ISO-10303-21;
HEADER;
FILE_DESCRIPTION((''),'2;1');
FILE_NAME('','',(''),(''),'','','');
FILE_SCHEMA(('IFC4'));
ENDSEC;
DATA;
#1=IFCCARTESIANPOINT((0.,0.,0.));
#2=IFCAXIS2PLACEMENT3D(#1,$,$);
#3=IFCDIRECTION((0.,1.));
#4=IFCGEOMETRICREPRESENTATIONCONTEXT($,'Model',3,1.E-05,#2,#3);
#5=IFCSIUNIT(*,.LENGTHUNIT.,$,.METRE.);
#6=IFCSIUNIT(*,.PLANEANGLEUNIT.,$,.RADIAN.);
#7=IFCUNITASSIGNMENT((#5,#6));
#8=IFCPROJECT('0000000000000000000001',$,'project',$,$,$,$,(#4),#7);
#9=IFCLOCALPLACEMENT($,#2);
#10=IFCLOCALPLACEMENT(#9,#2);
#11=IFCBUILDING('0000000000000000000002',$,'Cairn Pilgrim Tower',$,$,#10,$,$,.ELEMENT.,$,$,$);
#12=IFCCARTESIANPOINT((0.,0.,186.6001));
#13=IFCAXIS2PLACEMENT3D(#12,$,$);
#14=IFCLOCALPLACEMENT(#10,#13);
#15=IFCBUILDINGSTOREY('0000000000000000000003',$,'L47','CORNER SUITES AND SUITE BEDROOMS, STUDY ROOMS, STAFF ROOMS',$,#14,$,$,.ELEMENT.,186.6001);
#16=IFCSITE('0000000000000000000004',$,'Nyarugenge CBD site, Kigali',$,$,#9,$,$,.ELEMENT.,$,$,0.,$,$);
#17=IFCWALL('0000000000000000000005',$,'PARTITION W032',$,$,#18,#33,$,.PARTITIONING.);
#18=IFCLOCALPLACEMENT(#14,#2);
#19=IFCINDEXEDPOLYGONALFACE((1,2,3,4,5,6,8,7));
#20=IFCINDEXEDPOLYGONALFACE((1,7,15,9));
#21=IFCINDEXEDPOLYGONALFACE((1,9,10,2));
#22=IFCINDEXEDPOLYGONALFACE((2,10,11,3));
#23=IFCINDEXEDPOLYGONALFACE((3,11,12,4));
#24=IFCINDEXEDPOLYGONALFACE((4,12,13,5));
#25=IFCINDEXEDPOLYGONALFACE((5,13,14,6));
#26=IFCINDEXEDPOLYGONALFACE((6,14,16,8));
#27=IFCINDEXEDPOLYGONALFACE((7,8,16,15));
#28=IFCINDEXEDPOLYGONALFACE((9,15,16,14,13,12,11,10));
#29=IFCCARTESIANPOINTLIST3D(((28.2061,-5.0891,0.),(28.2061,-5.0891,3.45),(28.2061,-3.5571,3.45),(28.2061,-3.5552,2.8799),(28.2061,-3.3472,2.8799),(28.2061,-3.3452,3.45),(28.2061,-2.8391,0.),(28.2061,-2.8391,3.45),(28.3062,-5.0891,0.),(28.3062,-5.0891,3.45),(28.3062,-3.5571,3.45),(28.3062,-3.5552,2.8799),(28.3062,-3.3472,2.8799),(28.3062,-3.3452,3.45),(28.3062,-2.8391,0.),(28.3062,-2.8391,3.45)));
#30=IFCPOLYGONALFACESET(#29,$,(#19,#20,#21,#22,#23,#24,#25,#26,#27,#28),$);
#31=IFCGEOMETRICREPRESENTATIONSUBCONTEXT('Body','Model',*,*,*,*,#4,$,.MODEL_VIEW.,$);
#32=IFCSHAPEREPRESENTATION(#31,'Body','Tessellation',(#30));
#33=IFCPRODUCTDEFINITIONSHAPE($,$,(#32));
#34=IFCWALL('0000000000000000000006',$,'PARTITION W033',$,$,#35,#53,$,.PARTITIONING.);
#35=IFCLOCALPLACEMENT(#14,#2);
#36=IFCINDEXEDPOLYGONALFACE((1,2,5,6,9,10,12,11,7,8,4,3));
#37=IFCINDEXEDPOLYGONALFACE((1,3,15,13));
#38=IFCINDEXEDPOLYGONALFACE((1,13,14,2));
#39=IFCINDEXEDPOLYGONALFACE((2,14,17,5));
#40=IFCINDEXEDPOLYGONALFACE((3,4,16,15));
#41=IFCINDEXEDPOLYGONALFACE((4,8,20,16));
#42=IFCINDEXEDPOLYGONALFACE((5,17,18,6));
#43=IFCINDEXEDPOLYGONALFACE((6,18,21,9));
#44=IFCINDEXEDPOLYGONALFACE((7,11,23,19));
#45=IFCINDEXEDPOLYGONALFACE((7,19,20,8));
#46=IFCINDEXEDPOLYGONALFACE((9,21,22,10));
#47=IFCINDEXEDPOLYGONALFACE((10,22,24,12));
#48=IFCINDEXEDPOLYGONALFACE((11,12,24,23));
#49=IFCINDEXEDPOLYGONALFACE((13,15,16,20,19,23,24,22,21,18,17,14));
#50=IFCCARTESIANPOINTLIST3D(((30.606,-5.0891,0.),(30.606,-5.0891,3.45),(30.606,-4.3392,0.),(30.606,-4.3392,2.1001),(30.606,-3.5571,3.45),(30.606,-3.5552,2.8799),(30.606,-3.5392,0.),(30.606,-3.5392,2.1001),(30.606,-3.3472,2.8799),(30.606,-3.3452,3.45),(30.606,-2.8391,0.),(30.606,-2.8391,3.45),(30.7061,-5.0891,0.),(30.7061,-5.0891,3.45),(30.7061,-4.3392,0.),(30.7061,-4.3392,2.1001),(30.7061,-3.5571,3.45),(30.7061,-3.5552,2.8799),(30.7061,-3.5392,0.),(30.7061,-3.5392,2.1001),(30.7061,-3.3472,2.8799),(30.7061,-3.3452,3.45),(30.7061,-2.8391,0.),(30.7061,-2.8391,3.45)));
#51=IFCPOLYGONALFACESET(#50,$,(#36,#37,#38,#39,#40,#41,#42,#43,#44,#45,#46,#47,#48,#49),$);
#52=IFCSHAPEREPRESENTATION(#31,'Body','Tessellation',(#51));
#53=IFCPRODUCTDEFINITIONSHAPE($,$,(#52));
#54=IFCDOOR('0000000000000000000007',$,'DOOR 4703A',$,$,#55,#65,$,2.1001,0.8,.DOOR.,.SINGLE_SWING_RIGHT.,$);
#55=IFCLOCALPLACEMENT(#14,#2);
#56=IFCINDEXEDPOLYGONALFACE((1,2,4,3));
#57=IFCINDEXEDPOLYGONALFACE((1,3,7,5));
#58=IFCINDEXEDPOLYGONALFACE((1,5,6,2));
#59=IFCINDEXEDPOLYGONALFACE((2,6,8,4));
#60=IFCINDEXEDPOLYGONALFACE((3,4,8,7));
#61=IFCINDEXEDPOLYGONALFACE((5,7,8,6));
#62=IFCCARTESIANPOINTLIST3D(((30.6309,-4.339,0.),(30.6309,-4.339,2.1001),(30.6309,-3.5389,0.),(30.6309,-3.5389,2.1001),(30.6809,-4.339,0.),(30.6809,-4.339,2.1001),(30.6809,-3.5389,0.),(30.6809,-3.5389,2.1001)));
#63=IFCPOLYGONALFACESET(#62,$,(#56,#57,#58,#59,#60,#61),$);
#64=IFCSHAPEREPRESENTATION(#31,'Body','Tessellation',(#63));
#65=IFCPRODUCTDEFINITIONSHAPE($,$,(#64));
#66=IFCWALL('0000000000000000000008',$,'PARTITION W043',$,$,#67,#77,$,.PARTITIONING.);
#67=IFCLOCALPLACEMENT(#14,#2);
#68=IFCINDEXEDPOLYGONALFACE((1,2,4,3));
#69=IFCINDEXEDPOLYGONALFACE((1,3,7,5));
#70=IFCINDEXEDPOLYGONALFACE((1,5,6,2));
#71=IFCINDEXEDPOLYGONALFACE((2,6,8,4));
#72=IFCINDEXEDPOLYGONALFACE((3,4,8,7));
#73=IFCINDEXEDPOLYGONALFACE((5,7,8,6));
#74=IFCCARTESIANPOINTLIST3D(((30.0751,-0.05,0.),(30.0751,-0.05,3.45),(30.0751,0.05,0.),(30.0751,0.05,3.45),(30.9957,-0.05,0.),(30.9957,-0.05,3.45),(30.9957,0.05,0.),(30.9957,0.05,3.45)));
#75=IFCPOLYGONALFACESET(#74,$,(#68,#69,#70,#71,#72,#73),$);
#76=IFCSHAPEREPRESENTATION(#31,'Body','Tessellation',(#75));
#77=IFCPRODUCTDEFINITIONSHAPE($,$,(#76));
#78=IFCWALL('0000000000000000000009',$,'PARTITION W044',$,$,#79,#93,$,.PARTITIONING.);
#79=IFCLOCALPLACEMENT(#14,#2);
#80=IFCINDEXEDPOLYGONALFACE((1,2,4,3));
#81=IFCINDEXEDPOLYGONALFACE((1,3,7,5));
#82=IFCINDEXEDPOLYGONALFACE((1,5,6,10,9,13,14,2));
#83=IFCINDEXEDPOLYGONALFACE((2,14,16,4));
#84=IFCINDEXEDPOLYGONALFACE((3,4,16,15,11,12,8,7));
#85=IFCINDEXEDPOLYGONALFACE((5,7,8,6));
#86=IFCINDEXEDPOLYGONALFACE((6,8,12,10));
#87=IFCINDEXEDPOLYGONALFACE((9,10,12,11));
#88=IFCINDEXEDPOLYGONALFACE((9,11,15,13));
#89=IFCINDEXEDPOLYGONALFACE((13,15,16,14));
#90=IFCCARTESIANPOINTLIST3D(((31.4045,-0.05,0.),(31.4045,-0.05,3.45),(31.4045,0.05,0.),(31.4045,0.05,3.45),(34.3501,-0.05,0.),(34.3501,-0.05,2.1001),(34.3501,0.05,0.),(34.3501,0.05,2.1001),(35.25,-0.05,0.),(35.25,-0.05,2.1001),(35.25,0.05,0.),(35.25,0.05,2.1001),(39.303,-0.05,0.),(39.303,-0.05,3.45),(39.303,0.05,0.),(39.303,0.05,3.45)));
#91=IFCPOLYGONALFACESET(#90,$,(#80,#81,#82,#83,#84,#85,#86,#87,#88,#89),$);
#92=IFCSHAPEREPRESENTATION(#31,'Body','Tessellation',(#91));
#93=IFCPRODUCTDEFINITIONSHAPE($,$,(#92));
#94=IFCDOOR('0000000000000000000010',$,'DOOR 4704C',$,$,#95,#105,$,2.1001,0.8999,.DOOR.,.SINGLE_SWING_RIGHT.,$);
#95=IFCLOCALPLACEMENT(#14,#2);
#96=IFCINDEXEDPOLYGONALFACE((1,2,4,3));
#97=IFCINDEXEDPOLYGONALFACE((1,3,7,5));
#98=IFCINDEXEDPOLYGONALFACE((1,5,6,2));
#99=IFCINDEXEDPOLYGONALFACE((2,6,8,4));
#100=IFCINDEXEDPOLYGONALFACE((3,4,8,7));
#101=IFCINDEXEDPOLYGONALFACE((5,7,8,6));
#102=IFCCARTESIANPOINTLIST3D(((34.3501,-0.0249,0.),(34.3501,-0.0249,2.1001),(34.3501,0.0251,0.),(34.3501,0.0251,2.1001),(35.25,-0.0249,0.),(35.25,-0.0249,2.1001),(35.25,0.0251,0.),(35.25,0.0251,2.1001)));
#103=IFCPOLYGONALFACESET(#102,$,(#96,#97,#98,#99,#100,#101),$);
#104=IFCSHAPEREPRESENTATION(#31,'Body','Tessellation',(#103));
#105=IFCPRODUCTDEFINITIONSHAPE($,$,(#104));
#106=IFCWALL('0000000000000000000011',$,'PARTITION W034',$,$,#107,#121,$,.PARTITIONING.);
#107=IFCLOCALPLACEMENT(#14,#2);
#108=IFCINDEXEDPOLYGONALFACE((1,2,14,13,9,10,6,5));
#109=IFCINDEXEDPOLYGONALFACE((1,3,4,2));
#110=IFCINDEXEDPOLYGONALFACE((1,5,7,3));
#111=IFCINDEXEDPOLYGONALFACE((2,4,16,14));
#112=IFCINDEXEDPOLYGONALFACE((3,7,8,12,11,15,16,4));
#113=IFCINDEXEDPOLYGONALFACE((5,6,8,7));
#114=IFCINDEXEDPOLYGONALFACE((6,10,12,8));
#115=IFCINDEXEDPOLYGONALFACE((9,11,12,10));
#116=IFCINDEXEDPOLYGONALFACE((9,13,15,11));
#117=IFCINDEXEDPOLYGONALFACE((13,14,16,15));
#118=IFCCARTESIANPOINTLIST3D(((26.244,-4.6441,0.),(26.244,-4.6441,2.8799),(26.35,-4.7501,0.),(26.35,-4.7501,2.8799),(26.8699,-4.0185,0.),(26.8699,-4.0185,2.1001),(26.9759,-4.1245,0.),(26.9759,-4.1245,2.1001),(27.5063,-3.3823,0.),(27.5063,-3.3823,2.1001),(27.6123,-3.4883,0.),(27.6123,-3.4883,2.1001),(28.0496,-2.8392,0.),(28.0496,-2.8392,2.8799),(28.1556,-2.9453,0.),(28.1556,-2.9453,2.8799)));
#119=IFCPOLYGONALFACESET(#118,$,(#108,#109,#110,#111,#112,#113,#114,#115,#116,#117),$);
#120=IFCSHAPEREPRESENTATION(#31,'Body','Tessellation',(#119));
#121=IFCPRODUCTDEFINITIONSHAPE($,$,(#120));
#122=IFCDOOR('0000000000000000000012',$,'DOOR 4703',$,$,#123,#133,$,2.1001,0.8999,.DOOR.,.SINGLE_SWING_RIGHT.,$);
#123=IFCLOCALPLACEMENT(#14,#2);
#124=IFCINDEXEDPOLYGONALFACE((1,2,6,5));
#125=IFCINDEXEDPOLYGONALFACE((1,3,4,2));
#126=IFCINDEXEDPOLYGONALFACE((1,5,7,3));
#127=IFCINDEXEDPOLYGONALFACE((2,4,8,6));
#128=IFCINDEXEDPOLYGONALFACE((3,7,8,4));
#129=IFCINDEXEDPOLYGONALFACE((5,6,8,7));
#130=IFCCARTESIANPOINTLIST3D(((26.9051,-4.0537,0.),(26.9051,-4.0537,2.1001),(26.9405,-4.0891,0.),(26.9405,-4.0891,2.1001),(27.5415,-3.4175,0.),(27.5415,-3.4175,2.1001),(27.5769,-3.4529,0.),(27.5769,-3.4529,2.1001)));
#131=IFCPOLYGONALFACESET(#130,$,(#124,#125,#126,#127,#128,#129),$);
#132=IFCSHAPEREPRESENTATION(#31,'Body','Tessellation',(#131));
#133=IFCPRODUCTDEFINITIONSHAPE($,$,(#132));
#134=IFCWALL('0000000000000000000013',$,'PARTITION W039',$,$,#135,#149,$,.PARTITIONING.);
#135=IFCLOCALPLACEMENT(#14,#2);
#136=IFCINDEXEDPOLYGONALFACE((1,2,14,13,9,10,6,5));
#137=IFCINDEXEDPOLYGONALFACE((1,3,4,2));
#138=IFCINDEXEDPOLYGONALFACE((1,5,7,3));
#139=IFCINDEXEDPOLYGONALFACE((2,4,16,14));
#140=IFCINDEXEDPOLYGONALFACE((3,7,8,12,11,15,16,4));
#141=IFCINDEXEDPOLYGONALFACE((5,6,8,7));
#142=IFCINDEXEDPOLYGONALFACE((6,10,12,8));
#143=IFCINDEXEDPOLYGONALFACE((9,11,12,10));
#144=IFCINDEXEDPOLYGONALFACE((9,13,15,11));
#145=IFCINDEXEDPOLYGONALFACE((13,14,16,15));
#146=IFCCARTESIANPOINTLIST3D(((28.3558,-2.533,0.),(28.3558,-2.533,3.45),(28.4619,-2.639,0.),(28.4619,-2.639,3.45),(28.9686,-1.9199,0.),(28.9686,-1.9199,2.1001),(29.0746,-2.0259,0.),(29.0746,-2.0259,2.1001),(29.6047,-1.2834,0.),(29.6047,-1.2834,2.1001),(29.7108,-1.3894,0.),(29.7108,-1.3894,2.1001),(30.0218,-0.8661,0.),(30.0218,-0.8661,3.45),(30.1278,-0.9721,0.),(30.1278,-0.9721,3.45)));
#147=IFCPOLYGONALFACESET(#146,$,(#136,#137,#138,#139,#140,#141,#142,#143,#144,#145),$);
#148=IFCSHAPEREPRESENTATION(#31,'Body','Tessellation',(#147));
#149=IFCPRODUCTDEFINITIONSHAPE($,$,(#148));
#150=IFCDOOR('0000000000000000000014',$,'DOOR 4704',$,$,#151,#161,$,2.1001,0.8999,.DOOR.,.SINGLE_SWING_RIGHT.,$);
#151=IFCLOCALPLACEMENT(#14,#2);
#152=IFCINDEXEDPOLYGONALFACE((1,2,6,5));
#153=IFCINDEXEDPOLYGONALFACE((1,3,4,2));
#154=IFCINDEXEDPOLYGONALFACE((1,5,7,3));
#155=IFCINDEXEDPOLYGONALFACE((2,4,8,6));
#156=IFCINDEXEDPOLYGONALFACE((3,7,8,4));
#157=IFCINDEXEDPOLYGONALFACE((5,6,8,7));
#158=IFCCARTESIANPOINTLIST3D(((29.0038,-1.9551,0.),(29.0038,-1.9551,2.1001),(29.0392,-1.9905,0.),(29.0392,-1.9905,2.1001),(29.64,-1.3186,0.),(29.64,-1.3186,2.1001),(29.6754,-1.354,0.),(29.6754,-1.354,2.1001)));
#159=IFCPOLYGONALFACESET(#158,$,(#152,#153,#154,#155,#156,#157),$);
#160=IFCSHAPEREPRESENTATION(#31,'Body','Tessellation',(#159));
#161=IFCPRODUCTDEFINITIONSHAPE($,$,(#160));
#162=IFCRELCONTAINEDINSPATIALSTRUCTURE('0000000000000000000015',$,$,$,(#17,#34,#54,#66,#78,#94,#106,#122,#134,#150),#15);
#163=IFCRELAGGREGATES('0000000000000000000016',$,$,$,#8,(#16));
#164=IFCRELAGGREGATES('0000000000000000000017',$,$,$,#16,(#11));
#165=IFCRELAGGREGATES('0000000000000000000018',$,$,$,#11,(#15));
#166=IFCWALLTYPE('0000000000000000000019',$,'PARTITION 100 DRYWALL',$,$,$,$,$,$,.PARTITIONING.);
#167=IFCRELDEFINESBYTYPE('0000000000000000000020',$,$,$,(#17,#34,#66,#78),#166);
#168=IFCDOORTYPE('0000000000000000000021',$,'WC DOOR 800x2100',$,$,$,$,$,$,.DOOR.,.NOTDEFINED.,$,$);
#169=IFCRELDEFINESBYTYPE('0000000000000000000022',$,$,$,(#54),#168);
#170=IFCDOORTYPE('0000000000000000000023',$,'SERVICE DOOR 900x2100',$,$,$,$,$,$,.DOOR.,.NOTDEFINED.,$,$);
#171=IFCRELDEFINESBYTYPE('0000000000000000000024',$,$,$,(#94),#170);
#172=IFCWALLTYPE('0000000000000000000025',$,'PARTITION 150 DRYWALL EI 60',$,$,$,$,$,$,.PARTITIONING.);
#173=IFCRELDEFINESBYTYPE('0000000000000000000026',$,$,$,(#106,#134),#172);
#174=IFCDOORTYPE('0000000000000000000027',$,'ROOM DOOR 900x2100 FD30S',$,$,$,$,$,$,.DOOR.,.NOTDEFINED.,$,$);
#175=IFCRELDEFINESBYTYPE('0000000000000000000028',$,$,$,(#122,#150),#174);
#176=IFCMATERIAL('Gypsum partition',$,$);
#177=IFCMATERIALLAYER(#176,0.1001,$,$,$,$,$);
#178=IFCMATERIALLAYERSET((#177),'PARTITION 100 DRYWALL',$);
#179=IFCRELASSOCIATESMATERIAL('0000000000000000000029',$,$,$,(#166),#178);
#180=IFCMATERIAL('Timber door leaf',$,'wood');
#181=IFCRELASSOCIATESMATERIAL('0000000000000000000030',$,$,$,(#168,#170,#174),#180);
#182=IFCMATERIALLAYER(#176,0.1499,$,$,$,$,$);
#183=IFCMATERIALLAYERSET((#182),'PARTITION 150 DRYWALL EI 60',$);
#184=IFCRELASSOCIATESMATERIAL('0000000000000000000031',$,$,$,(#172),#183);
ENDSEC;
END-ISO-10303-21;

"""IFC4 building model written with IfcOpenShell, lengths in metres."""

from ifc_helpers import new_model, si_unit, direction, frame, frame_2d, origin, place, context, subcontext, project, spatial, polyline, rectangle, outline, extrude, material, layer, layer_set, type_object, element, fill, save


model = new_model("IFC4")

# Units and contexts
model_context = context("Model", 3, precision=1e-05, world=origin(), true_north=direction((0.0, 1.0)))
body_context = subcontext(model_context, "Body", "Model", "MODEL_VIEW")
ifc_project = project(units=[si_unit("LENGTHUNIT", "METRE"), si_unit("PLANEANGLEUNIT", "RADIAN")], contexts=[model_context])

# Site, building, storey
site_placement = place(None, origin())
site = spatial("IfcSite", under=ifc_project, at=site_placement, Name="Nyarugenge CBD site, Kigali", CompositionType="ELEMENT", RefElevation=0.0)
building_placement = place(site_placement, origin())
building = spatial("IfcBuilding", under=site, at=building_placement, Name="Cairn Pilgrim Tower", CompositionType="ELEMENT")
storey_placement = place(building_placement, frame((0.0, 0.0, 186.6001)))
storey = spatial("IfcBuildingStorey", under=building, at=storey_placement, Name="L47", Description="CORNER SUITES AND SUITE BEDROOMS, STUDY ROOMS, STAFF ROOMS", CompositionType="ELEMENT", Elevation=186.6001)

# Wall
ifc_material_1 = material(Name="Gypsum partition")
ifc_layer_1 = layer(ifc_material_1, 0.1001)
ifc_layer_set_1 = layer_set([ifc_layer_1], Name="PARTITION 100 DRYWALL")
wall_type_1 = type_object("IfcWallType", Name="PARTITION 100 DRYWALL", PredefinedType="PARTITIONING", material=ifc_layer_set_1)
wall_1_placement = place(storey_placement, frame((28.2561, -5.0891, 0.0), z_axis=(0.0, 0.0, 1.0), x_axis=(0.0, 1.0, 0.0)))
element("IfcWall", 1, at=wall_1_placement, inside=storey, type_object=wall_type_1, Name="PARTITION W032", PredefinedType="PARTITIONING", context=body_context, shape_type="SweptSolid", body=[
    extrude(outline(polyline([(0.0, 0.0), (2.25, 0.0), (2.25, 3.45), (1.7439, 3.45), (1.7419, 2.8799), (1.5339, 2.8799), (1.532, 3.45), (0.0, 3.45), (0.0, 0.0)])), frame((0.0, 0.05, 0.0), z_axis=(0.0, -1.0, 0.0), x_axis=(1.0, 0.0, 0.0)), (0.0, 0.0, 1.0), 0.1001),
])

# Wall, opening, door
wall_2_placement = place(storey_placement, frame((30.656, -5.0891, 0.0), z_axis=(0.0, 0.0, 1.0), x_axis=(0.0, 1.0, 0.0)))
wall_2 = element("IfcWall", 2, at=wall_2_placement, inside=storey, type_object=wall_type_1, Name="PARTITION W033", PredefinedType="PARTITIONING", context=body_context, shape_type="SweptSolid", body=[
    extrude(outline(polyline([(0.0, 0.0), (2.25, 0.0), (2.25, 3.45), (1.7439, 3.45), (1.7419, 2.8799), (1.5339, 2.8799), (1.532, 3.45), (0.0, 3.45), (0.0, 0.0)])), frame((0.0, 0.05, 0.0), z_axis=(0.0, -1.0, 0.0), x_axis=(1.0, 0.0, 0.0)), (0.0, 0.0, 1.0), 0.1001),
])
opening_1_placement = place(wall_2_placement, frame((0.75, 0.0, 0.0)))
opening_1 = element("IfcOpeningElement", 3, at=opening_1_placement, cuts=wall_2, PredefinedType="OPENING", context=body_context, shape_type="SweptSolid", body=[
    extrude(rectangle(XDim=0.8, YDim=2.1001, at=frame_2d((0.3999, 1.05))), frame((0.0, 0.0601, 0.0), z_axis=(0.0, -1.0, 0.0), x_axis=(1.0, 0.0, 0.0)), (0.0, 0.0, 1.0), 0.1201),
])
ifc_material_2 = material(Name="Timber door leaf", Category="wood")
door_type_1 = type_object("IfcDoorType", Name="WC DOOR 800x2100", OperationType="NOTDEFINED", PredefinedType="DOOR", material=ifc_material_2)
door_1_placement = place(opening_1_placement, frame((0.8, 0.0, 0.0), z_axis=(0.0, 0.0, 1.0), x_axis=(-1.0, 0.0, 0.0)))
door_1 = element("IfcDoor", 4, at=door_1_placement, inside=storey, type_object=door_type_1, Name="DOOR 4703A", OperationType="SINGLE_SWING_RIGHT", OverallHeight=2.1001, OverallWidth=0.8, PredefinedType="DOOR", context=body_context, shape_type="SweptSolid", body=[
    extrude(rectangle(XDim=0.8, YDim=2.1001, at=frame_2d((0.3999, 1.05))), frame((0.0, 0.0249, 0.0), z_axis=(0.0, -1.0, 0.0), x_axis=(1.0, 0.0, 0.0)), (0.0, 0.0, 1.0), 0.05),
])
fill(opening_1, door_1)

# Wall
wall_3_placement = place(storey_placement, frame((30.075, 0.0, 0.0), z_axis=(0.0, 0.0, 1.0), x_axis=(1.0, 0.0, 0.0)))
element("IfcWall", 5, at=wall_3_placement, inside=storey, type_object=wall_type_1, Name="PARTITION W043", PredefinedType="PARTITIONING", context=body_context, shape_type="SweptSolid", body=[
    extrude(rectangle(XDim=0.9207, YDim=0.1001, at=frame_2d((0.4604, 0.0))), origin(), (0.0, 0.0, 1.0), 3.45),
])

# Walls, openings, doors
wall_4_placement = place(storey_placement, frame((31.4045, 0.0, 0.0), z_axis=(0.0, 0.0, 1.0), x_axis=(1.0, 0.0, 0.0)))
wall_4 = element("IfcWall", 6, at=wall_4_placement, inside=storey, type_object=wall_type_1, Name="PARTITION W044", PredefinedType="PARTITIONING", context=body_context, shape_type="SweptSolid", body=[
    extrude(rectangle(XDim=7.8984, YDim=0.1001, at=frame_2d((3.9492, 0.0))), origin(), (0.0, 0.0, 1.0), 3.45),
])
opening_2_placement = place(wall_4_placement, frame((2.9456, 0.0, 0.0)))
opening_2 = element("IfcOpeningElement", 7, at=opening_2_placement, cuts=wall_4, PredefinedType="OPENING", context=body_context, shape_type="SweptSolid", body=[
    extrude(rectangle(XDim=0.8999, YDim=2.1001, at=frame_2d((0.45, 1.05))), frame((0.0, 0.0601, 0.0), z_axis=(0.0, -1.0, 0.0), x_axis=(1.0, 0.0, 0.0)), (0.0, 0.0, 1.0), 0.1201),
])
door_type_2 = type_object("IfcDoorType", Name="SERVICE DOOR 900x2100", OperationType="NOTDEFINED", PredefinedType="DOOR", material=ifc_material_2)
door_2_placement = place(opening_2_placement, frame((0.8999, 0.0, 0.0), z_axis=(0.0, 0.0, 1.0), x_axis=(-1.0, 0.0, 0.0)))
door_2 = element("IfcDoor", 8, at=door_2_placement, inside=storey, type_object=door_type_2, Name="DOOR 4704C", OperationType="SINGLE_SWING_RIGHT", OverallHeight=2.1001, OverallWidth=0.8999, PredefinedType="DOOR", context=body_context, shape_type="SweptSolid", body=[
    extrude(rectangle(XDim=0.8999, YDim=2.1001, at=frame_2d((0.45, 1.05))), frame((0.0, 0.0249, 0.0), z_axis=(0.0, -1.0, 0.0), x_axis=(1.0, 0.0, 0.0)), (0.0, 0.0, 1.0), 0.05),
])
fill(opening_2, door_2)
ifc_layer_2 = layer(ifc_material_1, 0.1499)
ifc_layer_set_2 = layer_set([ifc_layer_2], Name="PARTITION 150 DRYWALL EI 60")
wall_type_2 = type_object("IfcWallType", Name="PARTITION 150 DRYWALL EI 60", PredefinedType="PARTITIONING", material=ifc_layer_set_2)
wall_5_placement = place(storey_placement, frame((26.2971, -4.697, 0.0), z_axis=(0.0, 0.0, 1.0), x_axis=(0.70725, 0.706963, 0.0)))
wall_5 = element("IfcWall", 9, at=wall_5_placement, inside=storey, type_object=wall_type_2, Name="PARTITION W034", PredefinedType="PARTITIONING", context=body_context, shape_type="SweptSolid", body=[
    extrude(rectangle(XDim=2.553, YDim=0.1499, at=frame_2d((1.2764, 0.0))), origin(), (0.0, 0.0, 1.0), 2.8799),
])
opening_3_placement = place(wall_5_placement, frame((0.8848, 0.0, 0.0)))
opening_3 = element("IfcOpeningElement", 10, at=opening_3_placement, cuts=wall_5, PredefinedType="OPENING", context=body_context, shape_type="SweptSolid", body=[
    extrude(rectangle(XDim=0.8999, YDim=2.1001, at=frame_2d((0.45, 1.05))), frame((0.0, 0.085, 0.0), z_axis=(0.0, -1.0, 0.0), x_axis=(1.0, 0.0, 0.0)), (0.0, 0.0, 1.0), 0.1699),
])
door_type_3 = type_object("IfcDoorType", Name="ROOM DOOR 900x2100 FD30S", OperationType="NOTDEFINED", PredefinedType="DOOR", material=ifc_material_2)
door_3_placement = place(opening_3_placement, frame((0.8999, 0.0, 0.0), z_axis=(0.0, 0.0, 1.0), x_axis=(-1.0, 0.0, 0.0)))
door_3 = element("IfcDoor", 11, at=door_3_placement, inside=storey, type_object=door_type_3, Name="DOOR 4703", OperationType="SINGLE_SWING_RIGHT", OverallHeight=2.1001, OverallWidth=0.8999, PredefinedType="DOOR", context=body_context, shape_type="SweptSolid", body=[
    extrude(rectangle(XDim=0.8999, YDim=2.1001, at=frame_2d((0.45, 1.05))), frame((0.0, 0.0249, 0.0), z_axis=(0.0, -1.0, 0.0), x_axis=(1.0, 0.0, 0.0)), (0.0, 0.0, 1.0), 0.05),
])
fill(opening_3, door_3)
wall_6_placement = place(storey_placement, frame((28.4089, -2.5859, 0.0), z_axis=(0.0, 0.0, 1.0), x_axis=(0.7069, 0.707314, 0.0)))
wall_6 = element("IfcWall", 12, at=wall_6_placement, inside=storey, type_object=wall_type_2, Name="PARTITION W039", PredefinedType="PARTITIONING", context=body_context, shape_type="SweptSolid", body=[
    extrude(rectangle(XDim=2.3567, YDim=0.1499, at=frame_2d((1.1782, 0.0))), origin(), (0.0, 0.0, 1.0), 3.45),
])
opening_4_placement = place(wall_6_placement, frame((0.8667, 0.0, 0.0)))
opening_4 = element("IfcOpeningElement", 13, at=opening_4_placement, cuts=wall_6, PredefinedType="OPENING", context=body_context, shape_type="SweptSolid", body=[
    extrude(rectangle(XDim=0.8999, YDim=2.1001, at=frame_2d((0.45, 1.05))), frame((0.0, 0.085, 0.0), z_axis=(0.0, -1.0, 0.0), x_axis=(1.0, 0.0, 0.0)), (0.0, 0.0, 1.0), 0.1699),
])
door_4_placement = place(opening_4_placement, frame((0.8999, 0.0, 0.0), z_axis=(0.0, 0.0, 1.0), x_axis=(-1.0, 0.0, 0.0)))
door_4 = element("IfcDoor", 14, at=door_4_placement, inside=storey, type_object=door_type_3, Name="DOOR 4704", OperationType="SINGLE_SWING_RIGHT", OverallHeight=2.1001, OverallWidth=0.8999, PredefinedType="DOOR", context=body_context, shape_type="SweptSolid", body=[
    extrude(rectangle(XDim=0.8999, YDim=2.1001, at=frame_2d((0.45, 1.05))), frame((0.0, 0.0249, 0.0), z_axis=(0.0, -1.0, 0.0), x_axis=(1.0, 0.0, 0.0)), (0.0, 0.0, 1.0), 0.05),
])
fill(opening_4, door_4)

save(model, "model.ifc")
